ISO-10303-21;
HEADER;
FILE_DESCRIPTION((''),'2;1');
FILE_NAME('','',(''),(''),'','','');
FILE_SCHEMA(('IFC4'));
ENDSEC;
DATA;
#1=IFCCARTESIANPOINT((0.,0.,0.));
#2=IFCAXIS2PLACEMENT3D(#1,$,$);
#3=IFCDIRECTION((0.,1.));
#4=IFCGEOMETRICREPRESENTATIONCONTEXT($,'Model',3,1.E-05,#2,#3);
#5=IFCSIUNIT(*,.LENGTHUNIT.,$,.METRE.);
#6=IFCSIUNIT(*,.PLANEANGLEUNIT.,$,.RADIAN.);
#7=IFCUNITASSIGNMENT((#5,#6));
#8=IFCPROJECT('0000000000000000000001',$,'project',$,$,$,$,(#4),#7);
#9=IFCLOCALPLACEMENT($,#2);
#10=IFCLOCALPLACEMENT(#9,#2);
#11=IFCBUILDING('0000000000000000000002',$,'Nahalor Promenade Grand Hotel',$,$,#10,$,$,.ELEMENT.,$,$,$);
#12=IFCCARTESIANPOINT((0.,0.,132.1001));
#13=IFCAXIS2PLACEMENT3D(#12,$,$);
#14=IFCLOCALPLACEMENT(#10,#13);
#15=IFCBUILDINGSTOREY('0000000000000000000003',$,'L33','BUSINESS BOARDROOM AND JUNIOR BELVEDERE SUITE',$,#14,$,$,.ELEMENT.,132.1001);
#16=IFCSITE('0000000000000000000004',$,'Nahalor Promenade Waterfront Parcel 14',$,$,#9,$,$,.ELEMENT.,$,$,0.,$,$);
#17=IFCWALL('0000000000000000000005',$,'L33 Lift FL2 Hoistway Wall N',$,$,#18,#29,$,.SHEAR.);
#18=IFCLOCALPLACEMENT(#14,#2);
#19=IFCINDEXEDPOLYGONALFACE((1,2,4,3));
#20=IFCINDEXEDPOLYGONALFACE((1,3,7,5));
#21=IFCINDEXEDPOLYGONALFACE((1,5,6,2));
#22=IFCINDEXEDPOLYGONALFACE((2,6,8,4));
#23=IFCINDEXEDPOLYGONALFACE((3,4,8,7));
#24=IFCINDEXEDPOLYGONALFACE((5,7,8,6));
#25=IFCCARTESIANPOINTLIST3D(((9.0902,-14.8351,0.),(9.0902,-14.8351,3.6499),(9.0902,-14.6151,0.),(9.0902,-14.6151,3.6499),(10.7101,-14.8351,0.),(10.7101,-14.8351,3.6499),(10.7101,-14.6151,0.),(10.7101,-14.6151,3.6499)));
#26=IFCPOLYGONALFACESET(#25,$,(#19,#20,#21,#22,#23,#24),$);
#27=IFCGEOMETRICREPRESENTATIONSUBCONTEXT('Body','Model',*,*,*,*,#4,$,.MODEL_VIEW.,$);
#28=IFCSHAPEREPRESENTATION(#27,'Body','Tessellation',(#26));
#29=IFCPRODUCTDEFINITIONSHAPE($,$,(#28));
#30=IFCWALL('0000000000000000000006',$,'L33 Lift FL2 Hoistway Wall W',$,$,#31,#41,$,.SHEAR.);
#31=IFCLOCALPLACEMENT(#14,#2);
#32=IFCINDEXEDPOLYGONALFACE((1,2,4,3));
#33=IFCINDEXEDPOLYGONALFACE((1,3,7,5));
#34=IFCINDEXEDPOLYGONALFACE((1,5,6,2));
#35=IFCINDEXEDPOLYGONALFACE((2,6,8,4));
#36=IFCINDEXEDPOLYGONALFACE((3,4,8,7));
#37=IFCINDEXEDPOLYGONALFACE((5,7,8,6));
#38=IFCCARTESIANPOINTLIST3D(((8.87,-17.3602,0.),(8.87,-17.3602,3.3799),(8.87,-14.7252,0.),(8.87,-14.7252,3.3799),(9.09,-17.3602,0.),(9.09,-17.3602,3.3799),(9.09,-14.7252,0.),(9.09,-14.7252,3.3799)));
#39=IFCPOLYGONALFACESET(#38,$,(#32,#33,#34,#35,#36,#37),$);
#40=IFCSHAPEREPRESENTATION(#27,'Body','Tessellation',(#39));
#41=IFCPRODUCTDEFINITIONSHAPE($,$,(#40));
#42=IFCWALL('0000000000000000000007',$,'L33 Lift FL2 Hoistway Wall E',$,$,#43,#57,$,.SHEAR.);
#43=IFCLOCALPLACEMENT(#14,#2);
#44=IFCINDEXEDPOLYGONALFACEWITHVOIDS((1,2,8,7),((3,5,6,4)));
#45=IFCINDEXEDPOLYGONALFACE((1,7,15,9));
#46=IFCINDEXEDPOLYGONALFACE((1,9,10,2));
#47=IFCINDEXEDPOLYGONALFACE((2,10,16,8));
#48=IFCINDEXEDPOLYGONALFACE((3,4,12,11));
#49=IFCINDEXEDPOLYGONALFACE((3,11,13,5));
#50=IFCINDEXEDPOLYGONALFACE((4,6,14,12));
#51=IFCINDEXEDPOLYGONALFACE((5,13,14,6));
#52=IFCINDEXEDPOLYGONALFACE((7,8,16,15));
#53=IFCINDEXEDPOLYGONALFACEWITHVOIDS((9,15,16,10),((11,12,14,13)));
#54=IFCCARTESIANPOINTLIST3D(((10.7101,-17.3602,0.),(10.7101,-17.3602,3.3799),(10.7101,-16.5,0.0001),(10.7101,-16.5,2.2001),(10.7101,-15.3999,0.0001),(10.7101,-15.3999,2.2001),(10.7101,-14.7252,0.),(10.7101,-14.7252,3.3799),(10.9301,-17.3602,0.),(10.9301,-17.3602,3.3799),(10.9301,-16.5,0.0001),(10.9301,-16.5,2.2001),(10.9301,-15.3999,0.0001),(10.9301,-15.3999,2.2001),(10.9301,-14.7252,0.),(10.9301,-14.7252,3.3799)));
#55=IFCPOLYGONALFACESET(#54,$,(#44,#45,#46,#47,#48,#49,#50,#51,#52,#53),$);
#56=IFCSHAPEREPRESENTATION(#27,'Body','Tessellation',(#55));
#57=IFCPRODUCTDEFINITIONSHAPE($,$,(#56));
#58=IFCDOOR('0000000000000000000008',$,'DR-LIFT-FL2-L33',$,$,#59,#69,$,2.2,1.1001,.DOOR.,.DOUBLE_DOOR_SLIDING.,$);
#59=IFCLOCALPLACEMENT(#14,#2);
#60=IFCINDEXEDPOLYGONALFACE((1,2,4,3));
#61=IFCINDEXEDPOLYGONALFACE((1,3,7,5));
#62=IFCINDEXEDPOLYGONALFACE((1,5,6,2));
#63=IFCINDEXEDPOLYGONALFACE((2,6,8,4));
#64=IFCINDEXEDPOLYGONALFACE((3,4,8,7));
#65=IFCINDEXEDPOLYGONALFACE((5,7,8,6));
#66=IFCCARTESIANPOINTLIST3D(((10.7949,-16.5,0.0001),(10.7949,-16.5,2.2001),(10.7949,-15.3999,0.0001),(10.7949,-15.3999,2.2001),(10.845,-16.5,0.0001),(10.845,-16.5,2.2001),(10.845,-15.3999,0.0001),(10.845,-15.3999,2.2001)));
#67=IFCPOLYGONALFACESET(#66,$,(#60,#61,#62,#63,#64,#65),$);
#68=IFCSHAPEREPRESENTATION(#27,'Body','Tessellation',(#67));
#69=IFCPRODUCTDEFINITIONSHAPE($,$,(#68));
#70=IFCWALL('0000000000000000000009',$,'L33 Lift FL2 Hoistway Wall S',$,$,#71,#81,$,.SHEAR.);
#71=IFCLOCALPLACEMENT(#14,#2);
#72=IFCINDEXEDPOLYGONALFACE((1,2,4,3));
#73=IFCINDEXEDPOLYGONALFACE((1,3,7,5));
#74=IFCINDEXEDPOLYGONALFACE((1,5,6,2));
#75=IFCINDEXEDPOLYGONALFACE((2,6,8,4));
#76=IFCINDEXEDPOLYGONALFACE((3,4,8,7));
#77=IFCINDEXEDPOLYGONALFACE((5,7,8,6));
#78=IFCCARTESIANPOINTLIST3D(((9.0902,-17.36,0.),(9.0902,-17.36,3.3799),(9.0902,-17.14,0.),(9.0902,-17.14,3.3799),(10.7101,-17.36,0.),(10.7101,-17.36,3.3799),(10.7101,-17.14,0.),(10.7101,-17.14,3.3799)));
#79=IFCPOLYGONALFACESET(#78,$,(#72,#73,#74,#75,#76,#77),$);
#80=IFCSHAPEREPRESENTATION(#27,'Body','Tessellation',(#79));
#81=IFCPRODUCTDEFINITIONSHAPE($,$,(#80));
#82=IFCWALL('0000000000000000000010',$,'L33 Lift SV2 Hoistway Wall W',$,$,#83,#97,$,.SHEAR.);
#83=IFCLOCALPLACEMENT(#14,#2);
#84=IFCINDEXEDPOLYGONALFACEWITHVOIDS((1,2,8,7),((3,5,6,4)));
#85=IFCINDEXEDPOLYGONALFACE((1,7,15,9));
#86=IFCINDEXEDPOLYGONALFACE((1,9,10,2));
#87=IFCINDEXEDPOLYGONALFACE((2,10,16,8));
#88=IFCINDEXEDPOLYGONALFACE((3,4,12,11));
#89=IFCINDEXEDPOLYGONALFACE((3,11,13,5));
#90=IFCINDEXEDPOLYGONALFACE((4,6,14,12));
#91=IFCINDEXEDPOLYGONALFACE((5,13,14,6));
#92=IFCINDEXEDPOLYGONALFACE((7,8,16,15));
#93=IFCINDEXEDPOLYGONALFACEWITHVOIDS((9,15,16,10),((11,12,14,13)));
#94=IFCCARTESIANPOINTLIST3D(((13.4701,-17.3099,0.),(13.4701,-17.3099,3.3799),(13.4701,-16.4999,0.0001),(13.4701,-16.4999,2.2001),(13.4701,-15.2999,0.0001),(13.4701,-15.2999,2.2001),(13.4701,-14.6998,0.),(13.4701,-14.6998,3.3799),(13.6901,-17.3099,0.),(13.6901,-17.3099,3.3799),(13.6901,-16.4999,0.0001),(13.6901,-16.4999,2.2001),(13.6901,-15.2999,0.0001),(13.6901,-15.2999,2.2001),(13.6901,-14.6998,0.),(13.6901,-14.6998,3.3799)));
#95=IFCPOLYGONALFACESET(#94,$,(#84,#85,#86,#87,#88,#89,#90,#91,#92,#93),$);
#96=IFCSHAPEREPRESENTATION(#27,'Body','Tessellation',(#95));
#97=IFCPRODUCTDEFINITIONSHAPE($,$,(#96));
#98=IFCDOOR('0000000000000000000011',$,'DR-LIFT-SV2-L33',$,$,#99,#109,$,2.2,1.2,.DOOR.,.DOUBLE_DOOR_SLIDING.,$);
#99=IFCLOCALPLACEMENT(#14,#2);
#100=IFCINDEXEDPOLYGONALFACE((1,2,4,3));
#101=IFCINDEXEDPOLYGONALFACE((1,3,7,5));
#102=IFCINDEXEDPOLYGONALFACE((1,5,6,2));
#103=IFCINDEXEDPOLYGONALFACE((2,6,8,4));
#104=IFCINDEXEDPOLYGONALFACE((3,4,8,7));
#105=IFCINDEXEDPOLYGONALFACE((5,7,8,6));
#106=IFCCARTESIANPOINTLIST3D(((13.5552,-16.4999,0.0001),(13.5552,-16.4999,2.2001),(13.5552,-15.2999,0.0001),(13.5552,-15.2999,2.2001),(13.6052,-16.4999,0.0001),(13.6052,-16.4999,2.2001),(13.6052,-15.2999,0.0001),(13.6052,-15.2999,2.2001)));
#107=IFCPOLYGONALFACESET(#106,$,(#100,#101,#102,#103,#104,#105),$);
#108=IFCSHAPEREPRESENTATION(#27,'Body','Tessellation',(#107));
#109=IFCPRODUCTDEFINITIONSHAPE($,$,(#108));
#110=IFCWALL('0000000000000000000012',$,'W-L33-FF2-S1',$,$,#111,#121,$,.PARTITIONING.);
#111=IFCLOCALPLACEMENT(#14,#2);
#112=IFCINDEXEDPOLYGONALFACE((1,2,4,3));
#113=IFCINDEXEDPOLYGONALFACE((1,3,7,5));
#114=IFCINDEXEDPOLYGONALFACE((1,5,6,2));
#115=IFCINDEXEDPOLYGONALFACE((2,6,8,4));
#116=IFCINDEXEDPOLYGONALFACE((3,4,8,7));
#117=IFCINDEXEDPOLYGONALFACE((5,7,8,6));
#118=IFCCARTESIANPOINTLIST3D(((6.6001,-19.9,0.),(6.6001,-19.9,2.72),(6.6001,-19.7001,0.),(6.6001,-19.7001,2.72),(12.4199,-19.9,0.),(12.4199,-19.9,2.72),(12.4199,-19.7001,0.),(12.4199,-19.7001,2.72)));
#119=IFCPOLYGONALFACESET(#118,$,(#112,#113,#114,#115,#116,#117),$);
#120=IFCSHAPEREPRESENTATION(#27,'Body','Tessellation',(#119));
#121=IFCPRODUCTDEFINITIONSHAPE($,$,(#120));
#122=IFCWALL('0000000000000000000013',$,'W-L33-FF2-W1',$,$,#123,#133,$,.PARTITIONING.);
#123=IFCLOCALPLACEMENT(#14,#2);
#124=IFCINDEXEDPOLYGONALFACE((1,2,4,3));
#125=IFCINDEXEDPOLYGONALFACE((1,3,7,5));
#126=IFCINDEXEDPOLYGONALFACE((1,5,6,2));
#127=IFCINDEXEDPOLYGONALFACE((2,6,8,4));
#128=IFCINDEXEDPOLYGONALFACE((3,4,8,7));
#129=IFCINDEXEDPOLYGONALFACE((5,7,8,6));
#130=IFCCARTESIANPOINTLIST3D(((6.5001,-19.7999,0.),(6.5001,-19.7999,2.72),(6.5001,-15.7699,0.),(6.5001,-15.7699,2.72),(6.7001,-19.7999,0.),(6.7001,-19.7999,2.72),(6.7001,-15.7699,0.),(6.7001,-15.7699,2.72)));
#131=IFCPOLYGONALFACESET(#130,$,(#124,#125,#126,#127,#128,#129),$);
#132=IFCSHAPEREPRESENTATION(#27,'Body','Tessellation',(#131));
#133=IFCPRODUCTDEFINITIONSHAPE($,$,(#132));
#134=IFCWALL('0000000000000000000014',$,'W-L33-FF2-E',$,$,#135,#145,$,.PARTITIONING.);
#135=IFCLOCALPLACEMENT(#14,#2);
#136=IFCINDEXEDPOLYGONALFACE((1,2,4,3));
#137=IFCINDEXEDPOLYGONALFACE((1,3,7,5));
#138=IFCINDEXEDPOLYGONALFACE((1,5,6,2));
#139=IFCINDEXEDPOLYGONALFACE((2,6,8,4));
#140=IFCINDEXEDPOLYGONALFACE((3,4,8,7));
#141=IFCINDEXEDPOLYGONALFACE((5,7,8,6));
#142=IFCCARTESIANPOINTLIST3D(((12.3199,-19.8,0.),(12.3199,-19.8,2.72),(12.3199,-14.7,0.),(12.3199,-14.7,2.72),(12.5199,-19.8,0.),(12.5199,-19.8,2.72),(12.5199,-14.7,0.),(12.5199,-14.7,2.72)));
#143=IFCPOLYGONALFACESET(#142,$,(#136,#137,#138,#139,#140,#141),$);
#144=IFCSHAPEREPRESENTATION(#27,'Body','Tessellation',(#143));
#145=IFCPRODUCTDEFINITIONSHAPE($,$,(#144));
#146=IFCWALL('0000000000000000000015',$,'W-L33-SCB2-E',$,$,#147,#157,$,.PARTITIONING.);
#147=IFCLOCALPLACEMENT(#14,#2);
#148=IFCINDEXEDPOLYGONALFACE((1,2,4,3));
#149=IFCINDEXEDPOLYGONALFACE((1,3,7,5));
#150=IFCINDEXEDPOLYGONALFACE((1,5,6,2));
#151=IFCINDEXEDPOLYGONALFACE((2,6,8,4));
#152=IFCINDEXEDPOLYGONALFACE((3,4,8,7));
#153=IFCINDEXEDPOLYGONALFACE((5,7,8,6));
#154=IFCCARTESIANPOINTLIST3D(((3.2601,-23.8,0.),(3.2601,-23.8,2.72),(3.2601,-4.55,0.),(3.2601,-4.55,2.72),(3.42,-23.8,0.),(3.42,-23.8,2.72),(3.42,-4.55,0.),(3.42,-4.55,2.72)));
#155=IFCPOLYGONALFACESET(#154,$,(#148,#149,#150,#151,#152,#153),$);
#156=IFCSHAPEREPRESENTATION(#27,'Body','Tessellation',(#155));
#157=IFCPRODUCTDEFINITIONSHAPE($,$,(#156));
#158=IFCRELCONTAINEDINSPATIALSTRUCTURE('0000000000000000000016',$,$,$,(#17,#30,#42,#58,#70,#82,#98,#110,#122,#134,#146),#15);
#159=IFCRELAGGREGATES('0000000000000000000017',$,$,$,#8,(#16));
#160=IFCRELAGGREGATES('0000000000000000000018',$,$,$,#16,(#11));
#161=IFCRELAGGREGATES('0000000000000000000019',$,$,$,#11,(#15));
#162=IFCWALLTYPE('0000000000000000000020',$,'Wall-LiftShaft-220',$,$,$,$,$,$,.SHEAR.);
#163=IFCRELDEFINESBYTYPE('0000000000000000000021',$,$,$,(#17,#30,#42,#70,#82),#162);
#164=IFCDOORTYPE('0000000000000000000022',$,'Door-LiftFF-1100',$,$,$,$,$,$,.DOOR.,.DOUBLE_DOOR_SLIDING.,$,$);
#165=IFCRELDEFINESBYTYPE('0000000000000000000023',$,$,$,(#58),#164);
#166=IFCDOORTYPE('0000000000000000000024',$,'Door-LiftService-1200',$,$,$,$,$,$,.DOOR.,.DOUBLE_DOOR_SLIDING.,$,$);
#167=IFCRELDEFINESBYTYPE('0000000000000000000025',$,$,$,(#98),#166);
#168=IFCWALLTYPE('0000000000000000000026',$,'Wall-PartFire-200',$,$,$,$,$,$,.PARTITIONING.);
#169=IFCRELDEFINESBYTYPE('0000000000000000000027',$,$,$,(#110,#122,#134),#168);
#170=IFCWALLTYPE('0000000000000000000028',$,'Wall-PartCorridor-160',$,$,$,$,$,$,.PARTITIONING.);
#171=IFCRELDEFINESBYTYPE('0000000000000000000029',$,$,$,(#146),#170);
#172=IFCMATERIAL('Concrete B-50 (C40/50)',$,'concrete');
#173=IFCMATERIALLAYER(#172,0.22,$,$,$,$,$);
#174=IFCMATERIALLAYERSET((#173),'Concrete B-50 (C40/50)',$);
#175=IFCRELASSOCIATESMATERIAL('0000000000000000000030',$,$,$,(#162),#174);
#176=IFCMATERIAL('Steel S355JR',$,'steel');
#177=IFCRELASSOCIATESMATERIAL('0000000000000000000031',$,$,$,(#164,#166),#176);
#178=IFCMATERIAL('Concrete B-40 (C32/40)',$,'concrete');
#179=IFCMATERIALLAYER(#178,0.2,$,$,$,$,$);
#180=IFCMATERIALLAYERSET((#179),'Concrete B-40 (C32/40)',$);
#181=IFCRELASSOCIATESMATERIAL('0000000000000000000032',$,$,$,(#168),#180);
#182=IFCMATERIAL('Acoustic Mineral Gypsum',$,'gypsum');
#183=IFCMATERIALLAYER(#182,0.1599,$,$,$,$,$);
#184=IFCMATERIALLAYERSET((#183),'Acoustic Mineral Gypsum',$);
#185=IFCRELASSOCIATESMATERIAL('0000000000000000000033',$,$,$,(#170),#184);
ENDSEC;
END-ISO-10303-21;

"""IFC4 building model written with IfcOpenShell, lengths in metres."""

from ifc_helpers import new_model, si_unit, direction, frame, frame_2d, origin, place, context, subcontext, project, spatial, rectangle, extrude, source, transform, mapped, material, layer, layer_set, type_object, element, fill, save


model = new_model("IFC4")

# Units and contexts
model_context = context("Model", 3, precision=1e-05, world=origin(), true_north=direction((0.0, 1.0)))
body_context = subcontext(model_context, "Body", "Model", "MODEL_VIEW")
ifc_project = project(units=[si_unit("LENGTHUNIT", "METRE"), si_unit("PLANEANGLEUNIT", "RADIAN")], contexts=[model_context])

# Site, building, storey
site_placement = place(None, origin())
site = spatial("IfcSite", under=ifc_project, at=site_placement, Name="Nahalor Promenade Waterfront Parcel 14", CompositionType="ELEMENT", RefElevation=0.0)
building_placement = place(site_placement, origin())
building = spatial("IfcBuilding", under=site, at=building_placement, Name="Nahalor Promenade Grand Hotel", CompositionType="ELEMENT")
storey_placement = place(building_placement, frame((0.0, 0.0, 132.1001)))
storey = spatial("IfcBuildingStorey", under=building, at=storey_placement, Name="L33", Description="BUSINESS BOARDROOM AND JUNIOR BELVEDERE SUITE", CompositionType="ELEMENT", Elevation=132.1001)

# Shared definitions
ifc_material_1 = material(Name="Steel S355JR", Category="steel")

# Shared definitions
ifc_material_2 = material(Name="Concrete B-50 (C40/50)", Category="concrete")

# Walls
ifc_layer_1 = layer(ifc_material_2, 0.22)
ifc_layer_set_1 = layer_set([ifc_layer_1], Name="Concrete B-50 (C40/50)")
wall_type_1 = type_object("IfcWallType", Name="Wall-LiftShaft-220", PredefinedType="SHEAR", material=ifc_layer_set_1)
shared_shape_1 = source(origin(), body_context, "Body", "SweptSolid", [
    extrude(rectangle(XDim=1.6199, YDim=0.22, at=frame_2d((0.8101, 0.0))), origin(), (0.0, 0.0, 1.0), 3.6499),
])
wall_1_placement = place(storey_placement, frame((9.0901, -14.7251, 0.0), z_axis=(0.0, 0.0, 1.0), x_axis=(1.0, 0.0, 0.0)))
element("IfcWall", 1, at=wall_1_placement, inside=storey, type_object=wall_type_1, Name="L33 Lift FL2 Hoistway Wall N", PredefinedType="SHEAR", context=body_context, shape_type="MappedRepresentation", body=[
    mapped(shared_shape_1, transform((0.0, 0.0, 0.0), scale=1.0)),
])
shared_shape_2 = source(origin(), body_context, "Body", "SweptSolid", [
    extrude(rectangle(XDim=2.635, YDim=0.22, at=frame_2d((1.3174, 0.0))), origin(), (0.0, 0.0, 1.0), 3.3799),
])
wall_2_placement = place(storey_placement, frame((8.98, -17.3601, 0.0), z_axis=(0.0, 0.0, 1.0), x_axis=(0.0, 1.0, 0.0)))
element("IfcWall", 2, at=wall_2_placement, inside=storey, type_object=wall_type_1, Name="L33 Lift FL2 Hoistway Wall W", PredefinedType="SHEAR", context=body_context, shape_type="MappedRepresentation", body=[
    mapped(shared_shape_2, transform((0.0, 0.0, 0.0), scale=1.0)),
])

# Wall, opening, door
wall_3_placement = place(storey_placement, frame((10.8201, -17.3601, 0.0), z_axis=(0.0, 0.0, 1.0), x_axis=(0.0, 1.0, 0.0)))
wall_3 = element("IfcWall", 3, at=wall_3_placement, inside=storey, type_object=wall_type_1, Name="L33 Lift FL2 Hoistway Wall E", PredefinedType="SHEAR", context=body_context, shape_type="MappedRepresentation", body=[
    mapped(shared_shape_2, transform((0.0, 0.0, 0.0), scale=1.0)),
])
opening_1_placement = place(wall_3_placement, frame((0.8601, 0.0, 0.0)))
opening_1 = element("IfcOpeningElement", 4, at=opening_1_placement, cuts=wall_3, PredefinedType="OPENING", context=body_context, shape_type="SweptSolid", body=[
    extrude(rectangle(XDim=1.1001, YDim=2.2, at=frame_2d((0.55, 1.1001))), frame((0.0, 0.1199, 0.0), z_axis=(0.0, -1.0, 0.0), x_axis=(1.0, 0.0, 0.0)), (0.0, 0.0, 1.0), 0.24),
])
door_type_1 = type_object("IfcDoorType", Name="Door-LiftFF-1100", OperationType="DOUBLE_DOOR_SLIDING", PredefinedType="DOOR", material=ifc_material_1)
shared_shape_3 = source(origin(), body_context, "Body", "SweptSolid", [
    extrude(rectangle(XDim=1.1001, YDim=2.2, at=frame_2d((0.55, 1.1001))), frame((0.0, 0.0249, 0.0), z_axis=(0.0, -1.0, 0.0), x_axis=(1.0, 0.0, 0.0)), (0.0, 0.0, 1.0), 0.05),
])
door_1_placement = place(opening_1_placement, frame((1.1001, 0.0, 0.0), z_axis=(0.0, 0.0, 1.0), x_axis=(-1.0, 0.0, 0.0)))
door_1 = element("IfcDoor", 5, at=door_1_placement, inside=storey, type_object=door_type_1, Name="DR-LIFT-FL2-L33", OperationType="DOUBLE_DOOR_SLIDING", OverallHeight=2.2, OverallWidth=1.1001, PredefinedType="DOOR", context=body_context, shape_type="MappedRepresentation", body=[
    mapped(shared_shape_3, transform((0.0, 0.0, 0.0), scale=1.0)),
])
fill(opening_1, door_1)

# Wall
shared_shape_4 = source(origin(), body_context, "Body", "SweptSolid", [
    extrude(rectangle(XDim=1.6199, YDim=0.22, at=frame_2d((0.8101, 0.0))), origin(), (0.0, 0.0, 1.0), 3.3799),
])
wall_4_placement = place(storey_placement, frame((9.0901, -17.25, 0.0), z_axis=(0.0, 0.0, 1.0), x_axis=(1.0, 0.0, 0.0)))
element("IfcWall", 6, at=wall_4_placement, inside=storey, type_object=wall_type_1, Name="L33 Lift FL2 Hoistway Wall S", PredefinedType="SHEAR", context=body_context, shape_type="MappedRepresentation", body=[
    mapped(shared_shape_4, transform((0.0, 0.0, 0.0), scale=1.0)),
])

# Wall, opening, door
shared_shape_5 = source(origin(), body_context, "Body", "SweptSolid", [
    extrude(rectangle(XDim=2.6101, YDim=0.22, at=frame_2d((1.3052, 0.0))), origin(), (0.0, 0.0, 1.0), 3.3799),
])
wall_5_placement = place(storey_placement, frame((13.5801, -17.3101, 0.0), z_axis=(0.0, 0.0, 1.0), x_axis=(0.0, 1.0, 0.0)))
wall_5 = element("IfcWall", 7, at=wall_5_placement, inside=storey, type_object=wall_type_1, Name="L33 Lift SV2 Hoistway Wall W", PredefinedType="SHEAR", context=body_context, shape_type="MappedRepresentation", body=[
    mapped(shared_shape_5, transform((0.0, 0.0, 0.0), scale=1.0)),
])
opening_2_placement = place(wall_5_placement, frame((0.8101, 0.0, 0.0)))
opening_2 = element("IfcOpeningElement", 8, at=opening_2_placement, cuts=wall_5, PredefinedType="OPENING", context=body_context, shape_type="SweptSolid", body=[
    extrude(rectangle(XDim=1.2, YDim=2.2, at=frame_2d((0.6001, 1.1001))), frame((0.0, 0.1199, 0.0), z_axis=(0.0, -1.0, 0.0), x_axis=(1.0, 0.0, 0.0)), (0.0, 0.0, 1.0), 0.24),
])
door_type_2 = type_object("IfcDoorType", Name="Door-LiftService-1200", OperationType="DOUBLE_DOOR_SLIDING", PredefinedType="DOOR", material=ifc_material_1)
shared_shape_6 = source(origin(), body_context, "Body", "SweptSolid", [
    extrude(rectangle(XDim=1.2, YDim=2.2, at=frame_2d((0.6001, 1.1001))), frame((0.0, 0.0249, 0.0), z_axis=(0.0, -1.0, 0.0), x_axis=(1.0, 0.0, 0.0)), (0.0, 0.0, 1.0), 0.05),
])
door_2_placement = place(opening_2_placement, origin())
door_2 = element("IfcDoor", 9, at=door_2_placement, inside=storey, type_object=door_type_2, Name="DR-LIFT-SV2-L33", OperationType="DOUBLE_DOOR_SLIDING", OverallHeight=2.2, OverallWidth=1.2, PredefinedType="DOOR", context=body_context, shape_type="MappedRepresentation", body=[
    mapped(shared_shape_6, transform((0.0, 0.0, 0.0), scale=1.0)),
])
fill(opening_2, door_2)

# Walls
ifc_material_3 = material(Name="Concrete B-40 (C32/40)", Category="concrete")
ifc_layer_2 = layer(ifc_material_3, 0.2)
ifc_layer_set_2 = layer_set([ifc_layer_2], Name="Concrete B-40 (C32/40)")
wall_type_2 = type_object("IfcWallType", Name="Wall-PartFire-200", PredefinedType="PARTITIONING", material=ifc_layer_set_2)
shared_shape_7 = source(origin(), body_context, "Body", "SweptSolid", [
    extrude(rectangle(XDim=5.8198, YDim=0.2, at=frame_2d((2.9099, 0.0))), origin(), (0.0, 0.0, 1.0), 2.72),
])
wall_6_placement = place(storey_placement, frame((6.6001, -19.8, 0.0), z_axis=(0.0, 0.0, 1.0), x_axis=(1.0, 0.0, 0.0)))
element("IfcWall", 10, at=wall_6_placement, inside=storey, type_object=wall_type_2, Name="W-L33-FF2-S1", PredefinedType="PARTITIONING", context=body_context, shape_type="MappedRepresentation", body=[
    mapped(shared_shape_7, transform((0.0, 0.0, 0.0), scale=1.0)),
])
shared_shape_8 = source(origin(), body_context, "Body", "SweptSolid", [
    extrude(rectangle(XDim=4.03, YDim=0.2, at=frame_2d((2.0151, 0.0))), origin(), (0.0, 0.0, 1.0), 2.72),
])
wall_7_placement = place(storey_placement, frame((6.6001, -19.8, 0.0), z_axis=(0.0, 0.0, 1.0), x_axis=(0.0, 1.0, 0.0)))
element("IfcWall", 11, at=wall_7_placement, inside=storey, type_object=wall_type_2, Name="W-L33-FF2-W1", PredefinedType="PARTITIONING", context=body_context, shape_type="MappedRepresentation", body=[
    mapped(shared_shape_8, transform((0.0, 0.0, 0.0), scale=1.0)),
])
shared_shape_9 = source(origin(), body_context, "Body", "SweptSolid", [
    extrude(rectangle(XDim=5.1001, YDim=0.2, at=frame_2d((2.55, 0.0))), origin(), (0.0, 0.0, 1.0), 2.72),
])
wall_8_placement = place(storey_placement, frame((12.4199, -19.8, 0.0), z_axis=(0.0, 0.0, 1.0), x_axis=(0.0, 1.0, 0.0)))
element("IfcWall", 12, at=wall_8_placement, inside=storey, type_object=wall_type_2, Name="W-L33-FF2-E", PredefinedType="PARTITIONING", context=body_context, shape_type="MappedRepresentation", body=[
    mapped(shared_shape_9, transform((0.0, 0.0, 0.0), scale=1.0)),
])
ifc_material_4 = material(Name="Acoustic Mineral Gypsum", Category="gypsum")
ifc_layer_3 = layer(ifc_material_4, 0.1599)
ifc_layer_set_3 = layer_set([ifc_layer_3], Name="Acoustic Mineral Gypsum")
wall_type_3 = type_object("IfcWallType", Name="Wall-PartCorridor-160", PredefinedType="PARTITIONING", material=ifc_layer_set_3)
shared_shape_10 = source(origin(), body_context, "Body", "SweptSolid", [
    extrude(rectangle(XDim=19.25, YDim=0.1599, at=frame_2d((9.625, 0.0))), origin(), (0.0, 0.0, 1.0), 2.72),
])
wall_9_placement = place(storey_placement, frame((3.3401, -23.8, 0.0), z_axis=(0.0, 0.0, 1.0), x_axis=(0.0, 1.0, 0.0)))
element("IfcWall", 13, at=wall_9_placement, inside=storey, type_object=wall_type_3, Name="W-L33-SCB2-E", PredefinedType="PARTITIONING", context=body_context, shape_type="MappedRepresentation", body=[
    mapped(shared_shape_10, transform((0.0, 0.0, 0.0), scale=1.0)),
])

save(model, "model.ifc")
